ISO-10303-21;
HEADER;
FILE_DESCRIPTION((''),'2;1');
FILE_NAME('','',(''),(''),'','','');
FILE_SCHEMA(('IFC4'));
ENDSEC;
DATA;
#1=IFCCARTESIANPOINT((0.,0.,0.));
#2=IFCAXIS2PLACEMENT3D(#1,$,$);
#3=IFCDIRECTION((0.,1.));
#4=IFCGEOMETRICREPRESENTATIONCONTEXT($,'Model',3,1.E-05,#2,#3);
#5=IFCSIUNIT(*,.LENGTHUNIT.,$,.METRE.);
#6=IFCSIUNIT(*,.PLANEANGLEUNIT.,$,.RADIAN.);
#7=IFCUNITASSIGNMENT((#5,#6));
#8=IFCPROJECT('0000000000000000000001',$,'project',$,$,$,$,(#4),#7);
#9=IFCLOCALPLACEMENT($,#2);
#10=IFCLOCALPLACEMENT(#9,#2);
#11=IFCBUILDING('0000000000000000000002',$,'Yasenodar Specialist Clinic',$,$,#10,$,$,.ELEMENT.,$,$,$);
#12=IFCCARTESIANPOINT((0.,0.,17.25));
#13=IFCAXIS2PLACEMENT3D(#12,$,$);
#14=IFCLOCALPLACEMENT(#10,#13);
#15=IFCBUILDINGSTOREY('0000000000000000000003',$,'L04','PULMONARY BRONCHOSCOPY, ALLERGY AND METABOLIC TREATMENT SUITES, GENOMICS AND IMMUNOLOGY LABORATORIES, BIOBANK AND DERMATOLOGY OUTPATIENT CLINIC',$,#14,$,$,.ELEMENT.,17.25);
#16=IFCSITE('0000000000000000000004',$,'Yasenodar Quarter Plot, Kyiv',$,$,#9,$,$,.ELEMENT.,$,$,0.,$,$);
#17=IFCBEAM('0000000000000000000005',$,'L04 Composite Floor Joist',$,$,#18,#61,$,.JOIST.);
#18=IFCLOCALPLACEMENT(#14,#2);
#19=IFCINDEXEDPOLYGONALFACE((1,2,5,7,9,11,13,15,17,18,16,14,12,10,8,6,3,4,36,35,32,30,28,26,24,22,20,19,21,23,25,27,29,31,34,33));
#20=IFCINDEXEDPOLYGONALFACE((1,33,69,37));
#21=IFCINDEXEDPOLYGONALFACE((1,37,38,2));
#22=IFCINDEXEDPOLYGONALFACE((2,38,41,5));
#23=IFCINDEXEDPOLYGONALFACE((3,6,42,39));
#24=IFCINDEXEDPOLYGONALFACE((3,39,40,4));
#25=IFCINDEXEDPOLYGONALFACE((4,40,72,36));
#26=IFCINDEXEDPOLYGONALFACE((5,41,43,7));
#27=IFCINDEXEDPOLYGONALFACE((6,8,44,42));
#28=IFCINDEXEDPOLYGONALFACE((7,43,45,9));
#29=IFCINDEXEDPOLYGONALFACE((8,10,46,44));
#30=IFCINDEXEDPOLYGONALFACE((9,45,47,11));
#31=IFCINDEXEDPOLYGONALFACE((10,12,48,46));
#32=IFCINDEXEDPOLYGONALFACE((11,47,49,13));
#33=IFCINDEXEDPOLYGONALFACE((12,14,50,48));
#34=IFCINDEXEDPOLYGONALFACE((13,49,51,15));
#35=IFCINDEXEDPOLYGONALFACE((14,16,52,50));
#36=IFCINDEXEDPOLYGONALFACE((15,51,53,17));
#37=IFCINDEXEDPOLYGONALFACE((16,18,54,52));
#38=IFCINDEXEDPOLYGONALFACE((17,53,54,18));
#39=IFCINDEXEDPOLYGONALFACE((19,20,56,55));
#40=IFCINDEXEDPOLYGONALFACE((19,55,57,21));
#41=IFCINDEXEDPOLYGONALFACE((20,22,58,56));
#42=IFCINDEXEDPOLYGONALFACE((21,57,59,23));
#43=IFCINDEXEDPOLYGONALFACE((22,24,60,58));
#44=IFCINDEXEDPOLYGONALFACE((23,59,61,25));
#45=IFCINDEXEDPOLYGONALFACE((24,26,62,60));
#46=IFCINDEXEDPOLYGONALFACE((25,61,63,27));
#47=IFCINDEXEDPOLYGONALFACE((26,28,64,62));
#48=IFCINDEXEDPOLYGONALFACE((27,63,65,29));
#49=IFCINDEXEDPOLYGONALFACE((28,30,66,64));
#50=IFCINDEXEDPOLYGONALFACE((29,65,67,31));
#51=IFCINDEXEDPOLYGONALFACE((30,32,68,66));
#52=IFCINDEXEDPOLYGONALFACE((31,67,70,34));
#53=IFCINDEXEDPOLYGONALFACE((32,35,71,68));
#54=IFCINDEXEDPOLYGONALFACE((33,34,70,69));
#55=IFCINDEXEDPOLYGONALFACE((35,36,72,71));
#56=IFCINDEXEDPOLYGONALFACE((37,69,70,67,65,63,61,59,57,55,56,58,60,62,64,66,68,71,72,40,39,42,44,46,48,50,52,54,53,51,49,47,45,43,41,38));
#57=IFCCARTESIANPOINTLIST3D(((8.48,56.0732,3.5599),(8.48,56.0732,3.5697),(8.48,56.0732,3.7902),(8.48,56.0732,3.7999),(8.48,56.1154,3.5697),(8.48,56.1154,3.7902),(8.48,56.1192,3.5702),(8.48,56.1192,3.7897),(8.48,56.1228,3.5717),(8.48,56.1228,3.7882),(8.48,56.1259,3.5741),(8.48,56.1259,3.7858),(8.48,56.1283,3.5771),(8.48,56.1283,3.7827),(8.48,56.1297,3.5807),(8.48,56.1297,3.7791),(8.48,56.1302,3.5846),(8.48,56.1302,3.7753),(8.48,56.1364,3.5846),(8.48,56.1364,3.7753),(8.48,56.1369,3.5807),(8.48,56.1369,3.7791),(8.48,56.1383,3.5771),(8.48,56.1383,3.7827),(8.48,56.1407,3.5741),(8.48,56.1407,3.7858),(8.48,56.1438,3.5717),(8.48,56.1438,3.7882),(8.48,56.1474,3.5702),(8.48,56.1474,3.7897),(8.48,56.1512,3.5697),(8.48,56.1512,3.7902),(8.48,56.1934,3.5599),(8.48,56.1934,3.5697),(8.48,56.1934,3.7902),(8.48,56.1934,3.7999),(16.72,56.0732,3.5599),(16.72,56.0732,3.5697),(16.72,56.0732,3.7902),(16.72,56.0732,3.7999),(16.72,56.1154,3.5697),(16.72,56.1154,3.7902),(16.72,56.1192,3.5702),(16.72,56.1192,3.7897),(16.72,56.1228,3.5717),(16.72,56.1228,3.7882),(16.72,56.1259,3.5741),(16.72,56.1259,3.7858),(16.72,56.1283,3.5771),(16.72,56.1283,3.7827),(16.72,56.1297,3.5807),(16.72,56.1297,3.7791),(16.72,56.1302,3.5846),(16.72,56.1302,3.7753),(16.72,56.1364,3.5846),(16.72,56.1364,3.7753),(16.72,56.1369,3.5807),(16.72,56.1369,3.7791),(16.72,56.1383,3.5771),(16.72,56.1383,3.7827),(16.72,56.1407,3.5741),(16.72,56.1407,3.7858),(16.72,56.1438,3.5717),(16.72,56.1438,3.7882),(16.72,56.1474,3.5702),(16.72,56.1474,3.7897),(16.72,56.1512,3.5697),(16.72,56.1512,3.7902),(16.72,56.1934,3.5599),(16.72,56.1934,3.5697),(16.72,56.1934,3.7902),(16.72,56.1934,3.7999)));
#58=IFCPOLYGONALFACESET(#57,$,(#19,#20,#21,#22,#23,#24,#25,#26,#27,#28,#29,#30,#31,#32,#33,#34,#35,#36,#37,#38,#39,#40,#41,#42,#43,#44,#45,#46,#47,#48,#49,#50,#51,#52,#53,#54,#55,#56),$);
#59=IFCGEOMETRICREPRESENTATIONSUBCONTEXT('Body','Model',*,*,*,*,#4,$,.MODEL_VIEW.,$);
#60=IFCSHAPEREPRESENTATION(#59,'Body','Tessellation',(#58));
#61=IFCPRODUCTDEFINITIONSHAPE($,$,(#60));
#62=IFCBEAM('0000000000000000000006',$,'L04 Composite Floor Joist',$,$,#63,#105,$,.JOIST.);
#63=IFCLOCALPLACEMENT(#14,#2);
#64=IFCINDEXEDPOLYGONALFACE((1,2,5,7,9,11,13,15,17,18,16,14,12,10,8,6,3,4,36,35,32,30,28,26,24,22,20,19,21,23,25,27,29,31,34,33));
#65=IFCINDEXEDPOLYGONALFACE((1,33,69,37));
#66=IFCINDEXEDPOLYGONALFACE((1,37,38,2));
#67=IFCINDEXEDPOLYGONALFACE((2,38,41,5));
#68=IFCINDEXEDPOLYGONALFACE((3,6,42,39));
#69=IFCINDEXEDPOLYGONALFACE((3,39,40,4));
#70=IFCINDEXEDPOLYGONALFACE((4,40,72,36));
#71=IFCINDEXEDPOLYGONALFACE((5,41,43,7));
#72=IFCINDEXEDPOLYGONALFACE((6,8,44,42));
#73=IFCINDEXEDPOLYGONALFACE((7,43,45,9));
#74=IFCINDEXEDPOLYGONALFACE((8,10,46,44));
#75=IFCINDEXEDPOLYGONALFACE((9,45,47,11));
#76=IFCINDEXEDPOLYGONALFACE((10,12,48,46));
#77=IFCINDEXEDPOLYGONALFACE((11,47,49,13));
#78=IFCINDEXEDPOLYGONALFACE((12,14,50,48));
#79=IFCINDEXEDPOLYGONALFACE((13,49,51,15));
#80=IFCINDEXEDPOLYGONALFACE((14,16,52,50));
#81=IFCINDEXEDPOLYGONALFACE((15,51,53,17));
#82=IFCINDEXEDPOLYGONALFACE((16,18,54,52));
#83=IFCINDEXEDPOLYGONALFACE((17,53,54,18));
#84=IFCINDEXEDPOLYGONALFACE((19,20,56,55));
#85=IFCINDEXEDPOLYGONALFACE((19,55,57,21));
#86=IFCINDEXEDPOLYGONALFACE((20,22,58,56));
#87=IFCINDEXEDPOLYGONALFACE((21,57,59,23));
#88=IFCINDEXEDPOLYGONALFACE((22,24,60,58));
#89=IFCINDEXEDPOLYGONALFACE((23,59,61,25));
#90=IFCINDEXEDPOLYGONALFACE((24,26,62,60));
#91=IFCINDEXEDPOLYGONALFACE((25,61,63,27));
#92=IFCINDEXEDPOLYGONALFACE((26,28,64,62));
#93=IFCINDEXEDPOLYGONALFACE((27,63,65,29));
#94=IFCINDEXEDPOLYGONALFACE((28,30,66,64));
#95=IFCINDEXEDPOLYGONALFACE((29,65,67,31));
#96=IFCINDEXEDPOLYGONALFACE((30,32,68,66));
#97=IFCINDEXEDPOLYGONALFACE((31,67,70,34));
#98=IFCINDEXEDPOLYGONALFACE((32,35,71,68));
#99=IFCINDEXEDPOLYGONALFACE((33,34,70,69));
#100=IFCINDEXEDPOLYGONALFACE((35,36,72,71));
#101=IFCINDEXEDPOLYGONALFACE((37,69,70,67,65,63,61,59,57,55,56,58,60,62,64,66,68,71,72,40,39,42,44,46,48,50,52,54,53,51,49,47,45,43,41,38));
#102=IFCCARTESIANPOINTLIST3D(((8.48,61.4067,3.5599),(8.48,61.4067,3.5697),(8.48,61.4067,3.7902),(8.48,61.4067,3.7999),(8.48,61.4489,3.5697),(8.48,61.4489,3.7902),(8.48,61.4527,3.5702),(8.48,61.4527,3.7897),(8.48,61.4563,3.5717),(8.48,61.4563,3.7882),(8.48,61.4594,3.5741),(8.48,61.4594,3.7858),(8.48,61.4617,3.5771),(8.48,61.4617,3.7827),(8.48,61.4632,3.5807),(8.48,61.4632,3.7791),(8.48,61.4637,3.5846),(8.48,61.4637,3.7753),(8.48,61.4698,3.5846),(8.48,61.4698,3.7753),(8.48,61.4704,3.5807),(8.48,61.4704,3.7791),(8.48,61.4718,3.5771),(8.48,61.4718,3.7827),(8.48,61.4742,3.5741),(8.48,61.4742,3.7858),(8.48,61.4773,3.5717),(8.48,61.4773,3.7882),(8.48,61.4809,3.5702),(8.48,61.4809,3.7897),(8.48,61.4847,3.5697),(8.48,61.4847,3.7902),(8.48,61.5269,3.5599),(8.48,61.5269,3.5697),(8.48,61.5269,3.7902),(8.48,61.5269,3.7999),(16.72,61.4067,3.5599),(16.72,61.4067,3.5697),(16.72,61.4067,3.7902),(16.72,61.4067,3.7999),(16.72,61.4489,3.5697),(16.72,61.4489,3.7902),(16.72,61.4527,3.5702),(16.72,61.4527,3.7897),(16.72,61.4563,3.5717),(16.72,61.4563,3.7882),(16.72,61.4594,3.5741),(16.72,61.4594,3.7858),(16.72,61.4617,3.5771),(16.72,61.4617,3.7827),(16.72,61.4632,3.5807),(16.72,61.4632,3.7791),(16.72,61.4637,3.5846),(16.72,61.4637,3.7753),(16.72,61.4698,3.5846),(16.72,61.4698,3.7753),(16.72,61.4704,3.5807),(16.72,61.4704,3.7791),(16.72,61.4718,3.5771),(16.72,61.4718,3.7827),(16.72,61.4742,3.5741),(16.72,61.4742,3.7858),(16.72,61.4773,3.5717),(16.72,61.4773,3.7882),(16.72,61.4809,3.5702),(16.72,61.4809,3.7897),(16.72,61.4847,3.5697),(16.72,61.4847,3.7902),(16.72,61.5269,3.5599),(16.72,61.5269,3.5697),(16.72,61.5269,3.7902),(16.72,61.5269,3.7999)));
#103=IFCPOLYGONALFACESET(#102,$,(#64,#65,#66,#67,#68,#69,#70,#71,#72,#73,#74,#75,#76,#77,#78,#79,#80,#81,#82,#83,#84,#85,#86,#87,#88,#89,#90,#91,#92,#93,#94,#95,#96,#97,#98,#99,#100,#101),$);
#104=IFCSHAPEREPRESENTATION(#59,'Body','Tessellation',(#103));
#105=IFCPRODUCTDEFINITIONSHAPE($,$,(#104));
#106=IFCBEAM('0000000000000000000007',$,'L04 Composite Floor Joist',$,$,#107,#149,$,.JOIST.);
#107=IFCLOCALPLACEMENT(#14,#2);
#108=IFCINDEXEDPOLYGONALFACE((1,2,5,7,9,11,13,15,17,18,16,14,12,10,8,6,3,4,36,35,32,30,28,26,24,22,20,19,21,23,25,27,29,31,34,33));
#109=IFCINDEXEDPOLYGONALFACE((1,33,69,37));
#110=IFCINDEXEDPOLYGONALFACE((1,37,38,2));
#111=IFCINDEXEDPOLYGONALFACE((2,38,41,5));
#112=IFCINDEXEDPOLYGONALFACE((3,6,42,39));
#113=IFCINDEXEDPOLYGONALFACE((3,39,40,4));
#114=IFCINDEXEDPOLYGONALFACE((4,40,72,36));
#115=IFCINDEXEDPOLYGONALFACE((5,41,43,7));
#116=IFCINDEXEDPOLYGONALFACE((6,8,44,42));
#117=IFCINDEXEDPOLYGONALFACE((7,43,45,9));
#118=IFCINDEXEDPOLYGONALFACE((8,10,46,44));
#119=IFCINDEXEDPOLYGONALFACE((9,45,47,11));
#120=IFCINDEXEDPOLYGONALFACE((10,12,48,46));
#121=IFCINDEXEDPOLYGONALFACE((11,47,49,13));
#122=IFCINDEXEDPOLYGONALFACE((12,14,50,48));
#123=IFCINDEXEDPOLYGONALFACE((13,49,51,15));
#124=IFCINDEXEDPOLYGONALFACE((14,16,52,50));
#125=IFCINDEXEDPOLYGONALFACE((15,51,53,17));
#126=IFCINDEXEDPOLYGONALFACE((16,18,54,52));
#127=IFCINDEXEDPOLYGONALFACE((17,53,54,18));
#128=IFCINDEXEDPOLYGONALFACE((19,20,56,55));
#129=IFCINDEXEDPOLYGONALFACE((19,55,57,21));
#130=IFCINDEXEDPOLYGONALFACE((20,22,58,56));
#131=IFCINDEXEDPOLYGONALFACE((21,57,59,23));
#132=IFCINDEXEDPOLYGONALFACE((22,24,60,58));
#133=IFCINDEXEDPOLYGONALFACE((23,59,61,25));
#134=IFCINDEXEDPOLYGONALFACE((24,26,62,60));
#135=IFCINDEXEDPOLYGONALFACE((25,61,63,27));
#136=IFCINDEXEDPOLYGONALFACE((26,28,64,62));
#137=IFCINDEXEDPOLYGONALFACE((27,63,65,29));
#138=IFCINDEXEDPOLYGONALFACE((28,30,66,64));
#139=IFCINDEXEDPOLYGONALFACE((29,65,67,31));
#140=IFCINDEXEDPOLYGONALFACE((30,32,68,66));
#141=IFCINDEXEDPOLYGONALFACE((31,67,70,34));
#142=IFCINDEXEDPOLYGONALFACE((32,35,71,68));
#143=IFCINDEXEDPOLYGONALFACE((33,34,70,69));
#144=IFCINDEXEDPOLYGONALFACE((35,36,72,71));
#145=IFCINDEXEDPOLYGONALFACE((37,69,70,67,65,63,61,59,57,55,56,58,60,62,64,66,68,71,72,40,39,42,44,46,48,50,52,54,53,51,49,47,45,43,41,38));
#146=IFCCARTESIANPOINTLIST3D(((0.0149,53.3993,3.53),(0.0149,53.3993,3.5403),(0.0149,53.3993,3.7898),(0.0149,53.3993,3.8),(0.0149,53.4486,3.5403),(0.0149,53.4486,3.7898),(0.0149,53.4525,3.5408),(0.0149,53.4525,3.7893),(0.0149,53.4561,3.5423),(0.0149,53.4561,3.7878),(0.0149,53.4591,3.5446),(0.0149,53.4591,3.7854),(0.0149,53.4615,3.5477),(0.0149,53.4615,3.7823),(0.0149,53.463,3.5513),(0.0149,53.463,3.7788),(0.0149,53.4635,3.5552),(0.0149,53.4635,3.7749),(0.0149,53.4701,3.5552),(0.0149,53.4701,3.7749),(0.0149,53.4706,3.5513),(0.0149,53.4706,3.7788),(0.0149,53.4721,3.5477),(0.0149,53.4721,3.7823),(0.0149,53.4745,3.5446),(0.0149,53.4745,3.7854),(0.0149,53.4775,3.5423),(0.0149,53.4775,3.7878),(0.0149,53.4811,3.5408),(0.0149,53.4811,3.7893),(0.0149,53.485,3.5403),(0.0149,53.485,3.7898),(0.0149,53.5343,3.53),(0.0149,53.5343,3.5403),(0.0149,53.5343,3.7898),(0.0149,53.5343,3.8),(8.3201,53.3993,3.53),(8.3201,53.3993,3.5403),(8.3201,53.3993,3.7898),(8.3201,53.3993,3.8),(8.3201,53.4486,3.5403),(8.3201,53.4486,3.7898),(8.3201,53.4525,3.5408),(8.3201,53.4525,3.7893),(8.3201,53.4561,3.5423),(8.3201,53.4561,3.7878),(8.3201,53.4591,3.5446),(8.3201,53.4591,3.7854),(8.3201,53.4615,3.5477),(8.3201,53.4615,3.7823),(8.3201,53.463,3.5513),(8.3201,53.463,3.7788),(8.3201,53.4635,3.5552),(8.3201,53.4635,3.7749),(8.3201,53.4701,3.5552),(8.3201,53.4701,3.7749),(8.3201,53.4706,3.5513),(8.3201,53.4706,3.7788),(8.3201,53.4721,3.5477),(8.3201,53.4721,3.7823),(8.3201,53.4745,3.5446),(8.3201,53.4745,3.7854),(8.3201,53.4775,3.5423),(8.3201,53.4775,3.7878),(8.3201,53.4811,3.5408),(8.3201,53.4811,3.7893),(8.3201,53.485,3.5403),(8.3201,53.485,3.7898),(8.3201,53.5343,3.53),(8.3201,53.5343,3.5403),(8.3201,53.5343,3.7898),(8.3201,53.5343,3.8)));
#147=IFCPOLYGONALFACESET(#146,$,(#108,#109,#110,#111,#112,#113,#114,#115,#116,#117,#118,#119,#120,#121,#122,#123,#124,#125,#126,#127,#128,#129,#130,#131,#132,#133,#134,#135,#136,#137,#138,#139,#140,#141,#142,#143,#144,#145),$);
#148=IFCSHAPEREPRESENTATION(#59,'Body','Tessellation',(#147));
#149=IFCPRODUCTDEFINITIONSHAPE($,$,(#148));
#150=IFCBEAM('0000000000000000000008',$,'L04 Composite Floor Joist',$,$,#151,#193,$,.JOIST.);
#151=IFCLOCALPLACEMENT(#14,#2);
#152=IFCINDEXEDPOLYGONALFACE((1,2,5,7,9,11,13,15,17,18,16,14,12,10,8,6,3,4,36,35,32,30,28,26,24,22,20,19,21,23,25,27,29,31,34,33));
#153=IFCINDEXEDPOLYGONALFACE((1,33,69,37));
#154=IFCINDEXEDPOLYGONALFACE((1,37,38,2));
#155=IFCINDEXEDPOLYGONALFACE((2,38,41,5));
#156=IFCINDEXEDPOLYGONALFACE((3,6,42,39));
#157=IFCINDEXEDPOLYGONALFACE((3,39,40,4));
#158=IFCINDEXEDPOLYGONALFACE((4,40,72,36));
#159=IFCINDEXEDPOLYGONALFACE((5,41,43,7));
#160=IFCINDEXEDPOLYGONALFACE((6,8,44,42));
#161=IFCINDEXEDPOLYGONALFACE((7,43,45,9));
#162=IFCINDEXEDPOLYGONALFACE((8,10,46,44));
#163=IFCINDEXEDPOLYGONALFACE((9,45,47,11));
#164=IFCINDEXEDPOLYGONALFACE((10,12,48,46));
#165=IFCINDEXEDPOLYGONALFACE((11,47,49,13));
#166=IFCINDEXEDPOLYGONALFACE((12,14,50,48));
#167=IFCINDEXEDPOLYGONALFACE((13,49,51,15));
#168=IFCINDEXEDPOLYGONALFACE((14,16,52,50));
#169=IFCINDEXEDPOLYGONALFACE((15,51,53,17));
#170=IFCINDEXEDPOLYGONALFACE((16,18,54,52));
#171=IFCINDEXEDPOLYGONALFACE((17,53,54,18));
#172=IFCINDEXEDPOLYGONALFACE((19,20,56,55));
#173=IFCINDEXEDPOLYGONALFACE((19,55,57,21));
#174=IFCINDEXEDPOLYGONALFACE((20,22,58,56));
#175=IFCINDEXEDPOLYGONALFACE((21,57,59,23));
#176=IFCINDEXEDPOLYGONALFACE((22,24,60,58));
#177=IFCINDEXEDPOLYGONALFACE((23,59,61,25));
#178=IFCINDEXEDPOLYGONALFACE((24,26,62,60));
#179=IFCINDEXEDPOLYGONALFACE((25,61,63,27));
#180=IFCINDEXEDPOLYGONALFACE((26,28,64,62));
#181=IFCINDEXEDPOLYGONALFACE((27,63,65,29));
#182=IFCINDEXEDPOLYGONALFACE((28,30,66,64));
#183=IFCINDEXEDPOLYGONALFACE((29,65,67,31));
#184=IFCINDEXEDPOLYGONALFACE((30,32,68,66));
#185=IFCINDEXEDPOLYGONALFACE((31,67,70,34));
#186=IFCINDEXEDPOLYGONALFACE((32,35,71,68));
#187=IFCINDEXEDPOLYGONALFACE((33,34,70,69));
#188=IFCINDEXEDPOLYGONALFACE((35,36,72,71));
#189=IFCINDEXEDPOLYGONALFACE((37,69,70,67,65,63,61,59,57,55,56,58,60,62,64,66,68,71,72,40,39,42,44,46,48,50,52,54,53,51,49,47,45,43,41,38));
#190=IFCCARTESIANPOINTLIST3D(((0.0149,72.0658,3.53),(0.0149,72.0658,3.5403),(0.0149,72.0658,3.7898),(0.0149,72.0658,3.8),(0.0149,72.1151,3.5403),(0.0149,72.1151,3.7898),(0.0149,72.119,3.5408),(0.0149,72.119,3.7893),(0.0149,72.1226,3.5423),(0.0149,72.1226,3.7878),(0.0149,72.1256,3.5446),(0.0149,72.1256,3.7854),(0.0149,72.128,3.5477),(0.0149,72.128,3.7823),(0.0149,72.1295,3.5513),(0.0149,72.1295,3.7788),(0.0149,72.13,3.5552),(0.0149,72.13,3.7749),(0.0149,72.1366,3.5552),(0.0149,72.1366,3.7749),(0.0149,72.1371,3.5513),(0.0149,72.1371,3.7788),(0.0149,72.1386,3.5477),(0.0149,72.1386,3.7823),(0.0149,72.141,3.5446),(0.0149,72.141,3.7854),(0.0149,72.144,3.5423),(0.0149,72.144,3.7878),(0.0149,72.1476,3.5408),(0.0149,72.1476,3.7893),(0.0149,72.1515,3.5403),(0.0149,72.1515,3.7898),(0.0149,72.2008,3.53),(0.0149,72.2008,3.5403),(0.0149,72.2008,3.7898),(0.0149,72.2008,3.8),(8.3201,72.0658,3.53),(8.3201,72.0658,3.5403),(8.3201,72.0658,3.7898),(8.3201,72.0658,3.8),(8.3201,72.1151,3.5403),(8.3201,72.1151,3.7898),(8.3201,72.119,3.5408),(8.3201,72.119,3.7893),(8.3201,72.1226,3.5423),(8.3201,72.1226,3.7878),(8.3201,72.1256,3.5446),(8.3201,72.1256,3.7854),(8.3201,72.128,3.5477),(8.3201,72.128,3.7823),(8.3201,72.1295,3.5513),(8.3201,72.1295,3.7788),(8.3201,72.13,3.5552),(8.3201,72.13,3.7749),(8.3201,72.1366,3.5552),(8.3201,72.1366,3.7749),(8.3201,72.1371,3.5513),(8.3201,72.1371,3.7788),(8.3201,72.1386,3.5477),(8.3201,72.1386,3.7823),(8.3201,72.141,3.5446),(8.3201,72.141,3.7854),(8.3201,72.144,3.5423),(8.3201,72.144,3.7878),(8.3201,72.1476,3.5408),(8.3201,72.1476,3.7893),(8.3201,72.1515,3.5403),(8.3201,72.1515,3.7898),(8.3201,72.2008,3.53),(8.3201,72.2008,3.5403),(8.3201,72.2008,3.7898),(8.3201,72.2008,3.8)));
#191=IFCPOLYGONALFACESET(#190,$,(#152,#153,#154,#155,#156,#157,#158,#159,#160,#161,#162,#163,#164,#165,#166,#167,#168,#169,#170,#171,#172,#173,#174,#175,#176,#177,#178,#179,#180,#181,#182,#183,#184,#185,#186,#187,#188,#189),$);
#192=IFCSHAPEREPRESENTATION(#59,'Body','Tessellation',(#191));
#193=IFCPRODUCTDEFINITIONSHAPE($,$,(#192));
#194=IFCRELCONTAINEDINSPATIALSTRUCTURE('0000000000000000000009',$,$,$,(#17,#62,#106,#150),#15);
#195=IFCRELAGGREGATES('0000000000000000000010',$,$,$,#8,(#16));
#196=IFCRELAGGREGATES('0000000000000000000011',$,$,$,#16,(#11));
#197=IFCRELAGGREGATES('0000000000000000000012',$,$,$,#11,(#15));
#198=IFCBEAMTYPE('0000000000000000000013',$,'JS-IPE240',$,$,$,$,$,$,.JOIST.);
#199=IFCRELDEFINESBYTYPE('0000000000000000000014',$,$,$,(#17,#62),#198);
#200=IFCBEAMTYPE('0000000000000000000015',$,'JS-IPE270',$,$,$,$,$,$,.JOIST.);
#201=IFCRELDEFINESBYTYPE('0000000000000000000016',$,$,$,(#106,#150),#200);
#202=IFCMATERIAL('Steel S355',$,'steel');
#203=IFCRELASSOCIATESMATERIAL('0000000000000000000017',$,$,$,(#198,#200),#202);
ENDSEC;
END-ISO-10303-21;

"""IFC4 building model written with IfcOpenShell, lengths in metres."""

from ifc_helpers import new_model, si_unit, direction, frame, origin, origin_2d, place, context, subcontext, project, spatial, i_section, extrude, material, material_profile, profile_set, type_object, element, save


model = new_model("IFC4")

# Units and contexts
model_context = context("Model", 3, precision=1e-05, world=origin(), true_north=direction((0.0, 1.0)))
body_context = subcontext(model_context, "Body", "Model", "MODEL_VIEW")
ifc_project = project(units=[si_unit("LENGTHUNIT", "METRE"), si_unit("PLANEANGLEUNIT", "RADIAN")], contexts=[model_context])

# Site, building, storey
site_placement = place(None, origin())
site = spatial("IfcSite", under=ifc_project, at=site_placement, Name="Yasenodar Quarter Plot, Kyiv", CompositionType="ELEMENT", RefElevation=0.0)
building_placement = place(site_placement, origin())
building = spatial("IfcBuilding", under=site, at=building_placement, Name="Yasenodar Specialist Clinic", CompositionType="ELEMENT")
storey_placement = place(building_placement, frame((0.0, 0.0, 17.25)))
storey = spatial("IfcBuildingStorey", under=building, at=storey_placement, Name="L04", Description="PULMONARY BRONCHOSCOPY, ALLERGY AND METABOLIC TREATMENT SUITES, GENOMICS AND IMMUNOLOGY LABORATORIES, BIOBANK AND DERMATOLOGY OUTPATIENT CLINIC", CompositionType="ELEMENT", Elevation=17.25)

# Shared definitions
ifc_material_1 = material(Name="Steel S355", Category="steel")

# Beams
ifc_material_profile_1 = material_profile(ifc_material_1, i_section(OverallWidth=0.1201, OverallDepth=0.24, WebThickness=0.0061, FlangeThickness=0.0098, FilletRadius=0.0149, at=origin_2d()), Name="IPE 240")
ifc_profile_set_1 = profile_set([ifc_material_profile_1], Name="Steel S355")
beam_type_1 = type_object("IfcBeamType", Name="JS-IPE240", PredefinedType="JOIST", material=ifc_profile_set_1)
for number, where, z_axis, x_axis, name in (
    (1, (8.48, 56.1333, 3.6799), (1.0, 0.0, 0.0), (0.0, 1.0, 0.0), "L04 Composite Floor Joist"),
    (2, (8.48, 61.4668, 3.6799), (1.0, 0.0, 0.0), (0.0, 1.0, 0.0), "L04 Composite Floor Joist"),
):
    element("IfcBeam", number, at=place(storey_placement, frame(where, z_axis=z_axis, x_axis=x_axis)), inside=storey, type_object=beam_type_1, Name=name, PredefinedType="JOIST", context=body_context, shape_type="SweptSolid", body=[
        extrude(i_section(OverallWidth=0.1201, OverallDepth=0.24, WebThickness=0.0061, FlangeThickness=0.0098, FilletRadius=0.0149, at=origin_2d()), origin(), (0.0, 0.0, 1.0), 8.24),
    ])
ifc_material_profile_2 = material_profile(ifc_material_1, i_section(OverallWidth=0.135, OverallDepth=0.27, WebThickness=0.0066, FlangeThickness=0.0103, FilletRadius=0.0149, at=origin_2d()), Name="IPE 270")
ifc_profile_set_2 = profile_set([ifc_material_profile_2], Name="Steel S355")
beam_type_2 = type_object("IfcBeamType", Name="JS-IPE270", PredefinedType="JOIST", material=ifc_profile_set_2)
for number, where, z_axis, x_axis, name in (
    (3, (0.0149, 53.4668, 3.665), (1.0, 0.0, 0.0), (0.0, 1.0, 0.0), "L04 Composite Floor Joist"),
    (4, (0.0149, 72.1333, 3.665), (1.0, 0.0, 0.0), (0.0, 1.0, 0.0), "L04 Composite Floor Joist"),
):
    element("IfcBeam", number, at=place(storey_placement, frame(where, z_axis=z_axis, x_axis=x_axis)), inside=storey, type_object=beam_type_2, Name=name, PredefinedType="JOIST", context=body_context, shape_type="SweptSolid", body=[
        extrude(i_section(OverallWidth=0.135, OverallDepth=0.27, WebThickness=0.0066, FlangeThickness=0.0103, FilletRadius=0.0149, at=origin_2d()), origin(), (0.0, 0.0, 1.0), 8.3052),
    ])

save(model, "model.ifc")
